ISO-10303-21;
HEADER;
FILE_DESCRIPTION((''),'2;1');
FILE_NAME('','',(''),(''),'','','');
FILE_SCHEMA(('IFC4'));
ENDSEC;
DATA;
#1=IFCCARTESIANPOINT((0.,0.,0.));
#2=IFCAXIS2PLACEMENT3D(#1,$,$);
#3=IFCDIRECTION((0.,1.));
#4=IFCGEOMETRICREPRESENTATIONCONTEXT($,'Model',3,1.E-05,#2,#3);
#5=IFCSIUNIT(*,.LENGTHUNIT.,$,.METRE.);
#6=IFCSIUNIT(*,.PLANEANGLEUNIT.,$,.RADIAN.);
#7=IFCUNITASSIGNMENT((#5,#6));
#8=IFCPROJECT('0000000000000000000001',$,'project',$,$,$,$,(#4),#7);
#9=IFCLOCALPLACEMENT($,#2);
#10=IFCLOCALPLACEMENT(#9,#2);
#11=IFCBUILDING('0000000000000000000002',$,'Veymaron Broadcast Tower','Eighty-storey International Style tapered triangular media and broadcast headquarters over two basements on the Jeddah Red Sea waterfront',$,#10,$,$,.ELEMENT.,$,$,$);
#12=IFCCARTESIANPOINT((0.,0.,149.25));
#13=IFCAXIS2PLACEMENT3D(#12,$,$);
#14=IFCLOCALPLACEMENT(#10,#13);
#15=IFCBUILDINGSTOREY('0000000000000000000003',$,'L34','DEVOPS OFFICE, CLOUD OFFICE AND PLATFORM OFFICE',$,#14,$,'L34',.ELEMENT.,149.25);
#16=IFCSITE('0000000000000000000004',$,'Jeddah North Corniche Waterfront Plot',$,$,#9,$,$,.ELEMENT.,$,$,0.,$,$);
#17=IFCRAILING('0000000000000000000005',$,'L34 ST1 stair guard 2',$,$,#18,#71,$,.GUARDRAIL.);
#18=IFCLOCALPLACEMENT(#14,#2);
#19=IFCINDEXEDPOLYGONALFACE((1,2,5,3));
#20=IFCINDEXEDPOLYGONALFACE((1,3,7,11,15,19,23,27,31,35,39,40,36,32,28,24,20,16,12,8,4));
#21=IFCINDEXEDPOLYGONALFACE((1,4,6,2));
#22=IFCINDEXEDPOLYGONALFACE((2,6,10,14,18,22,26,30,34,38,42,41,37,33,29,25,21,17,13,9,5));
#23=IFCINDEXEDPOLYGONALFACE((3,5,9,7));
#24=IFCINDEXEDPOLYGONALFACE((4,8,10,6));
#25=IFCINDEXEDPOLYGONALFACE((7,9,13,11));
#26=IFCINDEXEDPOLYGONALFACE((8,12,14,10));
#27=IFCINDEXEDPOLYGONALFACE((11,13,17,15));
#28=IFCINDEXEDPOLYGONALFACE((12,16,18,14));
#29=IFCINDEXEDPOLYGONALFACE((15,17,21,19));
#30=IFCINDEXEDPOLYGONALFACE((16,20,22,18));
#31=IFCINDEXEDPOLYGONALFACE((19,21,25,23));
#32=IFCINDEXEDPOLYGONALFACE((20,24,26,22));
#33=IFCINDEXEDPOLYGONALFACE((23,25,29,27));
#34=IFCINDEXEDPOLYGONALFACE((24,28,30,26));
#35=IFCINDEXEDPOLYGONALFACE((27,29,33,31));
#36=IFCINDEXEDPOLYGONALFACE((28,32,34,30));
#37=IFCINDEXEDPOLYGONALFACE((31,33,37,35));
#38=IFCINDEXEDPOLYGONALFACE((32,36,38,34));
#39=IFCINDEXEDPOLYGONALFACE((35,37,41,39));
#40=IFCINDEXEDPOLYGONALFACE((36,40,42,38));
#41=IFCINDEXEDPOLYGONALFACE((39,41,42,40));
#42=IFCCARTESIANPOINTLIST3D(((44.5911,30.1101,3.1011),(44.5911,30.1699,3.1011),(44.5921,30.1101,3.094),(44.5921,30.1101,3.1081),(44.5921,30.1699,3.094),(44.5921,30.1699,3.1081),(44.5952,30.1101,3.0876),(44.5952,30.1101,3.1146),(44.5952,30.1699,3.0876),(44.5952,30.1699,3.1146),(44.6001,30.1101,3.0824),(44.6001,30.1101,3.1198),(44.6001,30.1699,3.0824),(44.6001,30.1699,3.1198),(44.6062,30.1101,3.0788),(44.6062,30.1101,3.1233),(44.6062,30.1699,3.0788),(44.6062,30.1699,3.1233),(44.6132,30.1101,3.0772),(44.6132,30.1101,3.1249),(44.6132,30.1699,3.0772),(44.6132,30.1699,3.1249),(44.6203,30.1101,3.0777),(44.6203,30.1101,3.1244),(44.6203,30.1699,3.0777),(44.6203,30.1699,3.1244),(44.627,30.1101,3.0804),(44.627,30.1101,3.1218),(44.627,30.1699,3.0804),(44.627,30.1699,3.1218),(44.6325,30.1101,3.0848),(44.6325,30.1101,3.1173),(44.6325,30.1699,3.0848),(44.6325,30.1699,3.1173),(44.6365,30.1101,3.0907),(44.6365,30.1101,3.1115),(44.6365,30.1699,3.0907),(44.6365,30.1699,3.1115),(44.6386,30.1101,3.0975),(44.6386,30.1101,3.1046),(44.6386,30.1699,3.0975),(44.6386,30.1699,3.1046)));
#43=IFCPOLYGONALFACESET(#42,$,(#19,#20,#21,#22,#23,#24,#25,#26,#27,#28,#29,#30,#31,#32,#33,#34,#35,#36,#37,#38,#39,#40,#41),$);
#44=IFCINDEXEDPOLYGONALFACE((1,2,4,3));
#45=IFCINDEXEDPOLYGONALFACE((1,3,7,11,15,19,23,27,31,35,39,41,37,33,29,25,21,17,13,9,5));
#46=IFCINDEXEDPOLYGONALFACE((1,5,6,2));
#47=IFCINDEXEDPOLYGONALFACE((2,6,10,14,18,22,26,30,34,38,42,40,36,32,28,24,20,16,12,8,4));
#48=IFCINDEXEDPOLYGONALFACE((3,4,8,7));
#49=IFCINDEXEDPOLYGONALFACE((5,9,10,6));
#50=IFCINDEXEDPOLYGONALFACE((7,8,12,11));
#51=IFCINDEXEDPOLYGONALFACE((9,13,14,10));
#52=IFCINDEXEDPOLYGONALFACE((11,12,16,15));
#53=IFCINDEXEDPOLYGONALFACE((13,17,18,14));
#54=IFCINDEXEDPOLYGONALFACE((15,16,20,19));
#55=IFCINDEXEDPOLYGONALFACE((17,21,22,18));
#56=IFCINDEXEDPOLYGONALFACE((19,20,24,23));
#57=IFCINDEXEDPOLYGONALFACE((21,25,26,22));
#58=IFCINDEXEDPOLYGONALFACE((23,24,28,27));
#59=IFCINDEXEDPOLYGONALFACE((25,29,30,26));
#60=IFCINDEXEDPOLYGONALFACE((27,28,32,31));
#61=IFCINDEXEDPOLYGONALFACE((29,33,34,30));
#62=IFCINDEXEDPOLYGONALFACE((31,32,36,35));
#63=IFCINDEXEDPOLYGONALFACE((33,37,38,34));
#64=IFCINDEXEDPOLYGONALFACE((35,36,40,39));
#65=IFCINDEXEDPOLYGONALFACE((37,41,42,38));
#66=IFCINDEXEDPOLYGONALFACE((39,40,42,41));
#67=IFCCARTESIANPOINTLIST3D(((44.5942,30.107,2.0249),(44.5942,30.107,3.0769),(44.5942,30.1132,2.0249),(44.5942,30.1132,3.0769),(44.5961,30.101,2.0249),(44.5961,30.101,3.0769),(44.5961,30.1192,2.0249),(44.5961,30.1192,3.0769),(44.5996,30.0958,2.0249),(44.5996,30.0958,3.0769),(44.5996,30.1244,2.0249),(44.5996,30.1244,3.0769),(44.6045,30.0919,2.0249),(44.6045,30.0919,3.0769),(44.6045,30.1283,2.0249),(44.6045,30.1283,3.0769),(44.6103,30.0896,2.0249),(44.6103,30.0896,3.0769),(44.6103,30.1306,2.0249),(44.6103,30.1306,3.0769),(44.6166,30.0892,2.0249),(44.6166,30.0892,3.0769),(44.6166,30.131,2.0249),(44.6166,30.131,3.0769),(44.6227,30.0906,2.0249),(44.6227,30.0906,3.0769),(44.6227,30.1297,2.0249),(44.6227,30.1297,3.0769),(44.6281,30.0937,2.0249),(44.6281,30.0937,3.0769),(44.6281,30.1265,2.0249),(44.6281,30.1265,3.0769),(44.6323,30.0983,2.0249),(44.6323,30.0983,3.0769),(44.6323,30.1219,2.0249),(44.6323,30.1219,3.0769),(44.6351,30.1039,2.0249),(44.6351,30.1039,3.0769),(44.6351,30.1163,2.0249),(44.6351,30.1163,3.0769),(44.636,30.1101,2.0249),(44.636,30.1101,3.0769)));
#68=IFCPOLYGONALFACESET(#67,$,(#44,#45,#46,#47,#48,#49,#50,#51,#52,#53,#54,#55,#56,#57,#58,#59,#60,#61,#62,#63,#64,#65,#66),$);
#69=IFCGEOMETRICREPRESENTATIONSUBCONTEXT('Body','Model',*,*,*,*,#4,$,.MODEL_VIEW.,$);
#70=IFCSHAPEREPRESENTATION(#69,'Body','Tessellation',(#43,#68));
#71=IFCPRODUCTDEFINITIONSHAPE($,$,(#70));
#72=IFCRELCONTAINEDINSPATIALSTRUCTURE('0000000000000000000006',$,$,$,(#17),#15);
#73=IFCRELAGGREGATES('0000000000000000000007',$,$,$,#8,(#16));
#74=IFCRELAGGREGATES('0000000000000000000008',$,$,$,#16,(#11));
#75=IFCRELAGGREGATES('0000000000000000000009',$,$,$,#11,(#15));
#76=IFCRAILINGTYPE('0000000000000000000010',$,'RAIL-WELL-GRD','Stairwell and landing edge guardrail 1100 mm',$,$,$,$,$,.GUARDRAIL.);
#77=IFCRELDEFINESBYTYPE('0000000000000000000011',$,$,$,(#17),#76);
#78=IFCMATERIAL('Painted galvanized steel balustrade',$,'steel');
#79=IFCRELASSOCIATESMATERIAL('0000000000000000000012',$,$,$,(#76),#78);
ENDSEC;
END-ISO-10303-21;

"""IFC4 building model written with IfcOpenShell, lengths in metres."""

from ifc_helpers import new_model, si_unit, direction, frame, origin, origin_2d, place, context, subcontext, project, spatial, circle, extrude, material, type_object, element, save


model = new_model("IFC4")

# Units and contexts
model_context = context("Model", 3, precision=1e-05, world=origin(), true_north=direction((0.0, 1.0)))
body_context = subcontext(model_context, "Body", "Model", "MODEL_VIEW")
ifc_project = project(units=[si_unit("LENGTHUNIT", "METRE"), si_unit("PLANEANGLEUNIT", "RADIAN")], contexts=[model_context])

# Site, building, storey
site_placement = place(None, origin())
site = spatial("IfcSite", under=ifc_project, at=site_placement, Name="Jeddah North Corniche Waterfront Plot", CompositionType="ELEMENT", RefElevation=0.0)
building_placement = place(site_placement, origin())
building = spatial("IfcBuilding", under=site, at=building_placement, Name="Veymaron Broadcast Tower", Description="Eighty-storey International Style tapered triangular media and broadcast headquarters over two basements on the Jeddah Red Sea waterfront", CompositionType="ELEMENT")
storey_placement = place(building_placement, frame((0.0, 0.0, 149.25)))
storey = spatial("IfcBuildingStorey", under=building, at=storey_placement, Name="L34", Description="DEVOPS OFFICE, CLOUD OFFICE AND PLATFORM OFFICE", LongName="L34", CompositionType="ELEMENT", Elevation=149.25)

# Railing
ifc_material_1 = material(Name="Painted galvanized steel balustrade", Category="steel")
railing_type_1 = type_object("IfcRailingType", Name="RAIL-WELL-GRD", Description="Stairwell and landing edge guardrail 1100 mm", PredefinedType="GUARDRAIL", material=ifc_material_1)
railing_1_placement = place(storey_placement, frame((44.615, 30.1101, 2.0249)))
element("IfcRailing", 1, at=railing_1_placement, inside=storey, type_object=railing_type_1, Name="L34 ST1 stair guard 2", PredefinedType="GUARDRAIL", context=body_context, shape_type="SweptSolid", body=[
    extrude(circle(Radius=0.0239, at=origin_2d()), frame((0.0, 0.0, 1.0762), z_axis=(0.0, 1.0, 0.0), x_axis=(-1.0, 0.0, 0.0)), (0.0, 0.0, 1.0), 0.0598),
    extrude(circle(Radius=0.021, at=origin_2d()), origin(), (0.0, 0.0, 1.0), 1.052),
])

save(model, "model.ifc")
